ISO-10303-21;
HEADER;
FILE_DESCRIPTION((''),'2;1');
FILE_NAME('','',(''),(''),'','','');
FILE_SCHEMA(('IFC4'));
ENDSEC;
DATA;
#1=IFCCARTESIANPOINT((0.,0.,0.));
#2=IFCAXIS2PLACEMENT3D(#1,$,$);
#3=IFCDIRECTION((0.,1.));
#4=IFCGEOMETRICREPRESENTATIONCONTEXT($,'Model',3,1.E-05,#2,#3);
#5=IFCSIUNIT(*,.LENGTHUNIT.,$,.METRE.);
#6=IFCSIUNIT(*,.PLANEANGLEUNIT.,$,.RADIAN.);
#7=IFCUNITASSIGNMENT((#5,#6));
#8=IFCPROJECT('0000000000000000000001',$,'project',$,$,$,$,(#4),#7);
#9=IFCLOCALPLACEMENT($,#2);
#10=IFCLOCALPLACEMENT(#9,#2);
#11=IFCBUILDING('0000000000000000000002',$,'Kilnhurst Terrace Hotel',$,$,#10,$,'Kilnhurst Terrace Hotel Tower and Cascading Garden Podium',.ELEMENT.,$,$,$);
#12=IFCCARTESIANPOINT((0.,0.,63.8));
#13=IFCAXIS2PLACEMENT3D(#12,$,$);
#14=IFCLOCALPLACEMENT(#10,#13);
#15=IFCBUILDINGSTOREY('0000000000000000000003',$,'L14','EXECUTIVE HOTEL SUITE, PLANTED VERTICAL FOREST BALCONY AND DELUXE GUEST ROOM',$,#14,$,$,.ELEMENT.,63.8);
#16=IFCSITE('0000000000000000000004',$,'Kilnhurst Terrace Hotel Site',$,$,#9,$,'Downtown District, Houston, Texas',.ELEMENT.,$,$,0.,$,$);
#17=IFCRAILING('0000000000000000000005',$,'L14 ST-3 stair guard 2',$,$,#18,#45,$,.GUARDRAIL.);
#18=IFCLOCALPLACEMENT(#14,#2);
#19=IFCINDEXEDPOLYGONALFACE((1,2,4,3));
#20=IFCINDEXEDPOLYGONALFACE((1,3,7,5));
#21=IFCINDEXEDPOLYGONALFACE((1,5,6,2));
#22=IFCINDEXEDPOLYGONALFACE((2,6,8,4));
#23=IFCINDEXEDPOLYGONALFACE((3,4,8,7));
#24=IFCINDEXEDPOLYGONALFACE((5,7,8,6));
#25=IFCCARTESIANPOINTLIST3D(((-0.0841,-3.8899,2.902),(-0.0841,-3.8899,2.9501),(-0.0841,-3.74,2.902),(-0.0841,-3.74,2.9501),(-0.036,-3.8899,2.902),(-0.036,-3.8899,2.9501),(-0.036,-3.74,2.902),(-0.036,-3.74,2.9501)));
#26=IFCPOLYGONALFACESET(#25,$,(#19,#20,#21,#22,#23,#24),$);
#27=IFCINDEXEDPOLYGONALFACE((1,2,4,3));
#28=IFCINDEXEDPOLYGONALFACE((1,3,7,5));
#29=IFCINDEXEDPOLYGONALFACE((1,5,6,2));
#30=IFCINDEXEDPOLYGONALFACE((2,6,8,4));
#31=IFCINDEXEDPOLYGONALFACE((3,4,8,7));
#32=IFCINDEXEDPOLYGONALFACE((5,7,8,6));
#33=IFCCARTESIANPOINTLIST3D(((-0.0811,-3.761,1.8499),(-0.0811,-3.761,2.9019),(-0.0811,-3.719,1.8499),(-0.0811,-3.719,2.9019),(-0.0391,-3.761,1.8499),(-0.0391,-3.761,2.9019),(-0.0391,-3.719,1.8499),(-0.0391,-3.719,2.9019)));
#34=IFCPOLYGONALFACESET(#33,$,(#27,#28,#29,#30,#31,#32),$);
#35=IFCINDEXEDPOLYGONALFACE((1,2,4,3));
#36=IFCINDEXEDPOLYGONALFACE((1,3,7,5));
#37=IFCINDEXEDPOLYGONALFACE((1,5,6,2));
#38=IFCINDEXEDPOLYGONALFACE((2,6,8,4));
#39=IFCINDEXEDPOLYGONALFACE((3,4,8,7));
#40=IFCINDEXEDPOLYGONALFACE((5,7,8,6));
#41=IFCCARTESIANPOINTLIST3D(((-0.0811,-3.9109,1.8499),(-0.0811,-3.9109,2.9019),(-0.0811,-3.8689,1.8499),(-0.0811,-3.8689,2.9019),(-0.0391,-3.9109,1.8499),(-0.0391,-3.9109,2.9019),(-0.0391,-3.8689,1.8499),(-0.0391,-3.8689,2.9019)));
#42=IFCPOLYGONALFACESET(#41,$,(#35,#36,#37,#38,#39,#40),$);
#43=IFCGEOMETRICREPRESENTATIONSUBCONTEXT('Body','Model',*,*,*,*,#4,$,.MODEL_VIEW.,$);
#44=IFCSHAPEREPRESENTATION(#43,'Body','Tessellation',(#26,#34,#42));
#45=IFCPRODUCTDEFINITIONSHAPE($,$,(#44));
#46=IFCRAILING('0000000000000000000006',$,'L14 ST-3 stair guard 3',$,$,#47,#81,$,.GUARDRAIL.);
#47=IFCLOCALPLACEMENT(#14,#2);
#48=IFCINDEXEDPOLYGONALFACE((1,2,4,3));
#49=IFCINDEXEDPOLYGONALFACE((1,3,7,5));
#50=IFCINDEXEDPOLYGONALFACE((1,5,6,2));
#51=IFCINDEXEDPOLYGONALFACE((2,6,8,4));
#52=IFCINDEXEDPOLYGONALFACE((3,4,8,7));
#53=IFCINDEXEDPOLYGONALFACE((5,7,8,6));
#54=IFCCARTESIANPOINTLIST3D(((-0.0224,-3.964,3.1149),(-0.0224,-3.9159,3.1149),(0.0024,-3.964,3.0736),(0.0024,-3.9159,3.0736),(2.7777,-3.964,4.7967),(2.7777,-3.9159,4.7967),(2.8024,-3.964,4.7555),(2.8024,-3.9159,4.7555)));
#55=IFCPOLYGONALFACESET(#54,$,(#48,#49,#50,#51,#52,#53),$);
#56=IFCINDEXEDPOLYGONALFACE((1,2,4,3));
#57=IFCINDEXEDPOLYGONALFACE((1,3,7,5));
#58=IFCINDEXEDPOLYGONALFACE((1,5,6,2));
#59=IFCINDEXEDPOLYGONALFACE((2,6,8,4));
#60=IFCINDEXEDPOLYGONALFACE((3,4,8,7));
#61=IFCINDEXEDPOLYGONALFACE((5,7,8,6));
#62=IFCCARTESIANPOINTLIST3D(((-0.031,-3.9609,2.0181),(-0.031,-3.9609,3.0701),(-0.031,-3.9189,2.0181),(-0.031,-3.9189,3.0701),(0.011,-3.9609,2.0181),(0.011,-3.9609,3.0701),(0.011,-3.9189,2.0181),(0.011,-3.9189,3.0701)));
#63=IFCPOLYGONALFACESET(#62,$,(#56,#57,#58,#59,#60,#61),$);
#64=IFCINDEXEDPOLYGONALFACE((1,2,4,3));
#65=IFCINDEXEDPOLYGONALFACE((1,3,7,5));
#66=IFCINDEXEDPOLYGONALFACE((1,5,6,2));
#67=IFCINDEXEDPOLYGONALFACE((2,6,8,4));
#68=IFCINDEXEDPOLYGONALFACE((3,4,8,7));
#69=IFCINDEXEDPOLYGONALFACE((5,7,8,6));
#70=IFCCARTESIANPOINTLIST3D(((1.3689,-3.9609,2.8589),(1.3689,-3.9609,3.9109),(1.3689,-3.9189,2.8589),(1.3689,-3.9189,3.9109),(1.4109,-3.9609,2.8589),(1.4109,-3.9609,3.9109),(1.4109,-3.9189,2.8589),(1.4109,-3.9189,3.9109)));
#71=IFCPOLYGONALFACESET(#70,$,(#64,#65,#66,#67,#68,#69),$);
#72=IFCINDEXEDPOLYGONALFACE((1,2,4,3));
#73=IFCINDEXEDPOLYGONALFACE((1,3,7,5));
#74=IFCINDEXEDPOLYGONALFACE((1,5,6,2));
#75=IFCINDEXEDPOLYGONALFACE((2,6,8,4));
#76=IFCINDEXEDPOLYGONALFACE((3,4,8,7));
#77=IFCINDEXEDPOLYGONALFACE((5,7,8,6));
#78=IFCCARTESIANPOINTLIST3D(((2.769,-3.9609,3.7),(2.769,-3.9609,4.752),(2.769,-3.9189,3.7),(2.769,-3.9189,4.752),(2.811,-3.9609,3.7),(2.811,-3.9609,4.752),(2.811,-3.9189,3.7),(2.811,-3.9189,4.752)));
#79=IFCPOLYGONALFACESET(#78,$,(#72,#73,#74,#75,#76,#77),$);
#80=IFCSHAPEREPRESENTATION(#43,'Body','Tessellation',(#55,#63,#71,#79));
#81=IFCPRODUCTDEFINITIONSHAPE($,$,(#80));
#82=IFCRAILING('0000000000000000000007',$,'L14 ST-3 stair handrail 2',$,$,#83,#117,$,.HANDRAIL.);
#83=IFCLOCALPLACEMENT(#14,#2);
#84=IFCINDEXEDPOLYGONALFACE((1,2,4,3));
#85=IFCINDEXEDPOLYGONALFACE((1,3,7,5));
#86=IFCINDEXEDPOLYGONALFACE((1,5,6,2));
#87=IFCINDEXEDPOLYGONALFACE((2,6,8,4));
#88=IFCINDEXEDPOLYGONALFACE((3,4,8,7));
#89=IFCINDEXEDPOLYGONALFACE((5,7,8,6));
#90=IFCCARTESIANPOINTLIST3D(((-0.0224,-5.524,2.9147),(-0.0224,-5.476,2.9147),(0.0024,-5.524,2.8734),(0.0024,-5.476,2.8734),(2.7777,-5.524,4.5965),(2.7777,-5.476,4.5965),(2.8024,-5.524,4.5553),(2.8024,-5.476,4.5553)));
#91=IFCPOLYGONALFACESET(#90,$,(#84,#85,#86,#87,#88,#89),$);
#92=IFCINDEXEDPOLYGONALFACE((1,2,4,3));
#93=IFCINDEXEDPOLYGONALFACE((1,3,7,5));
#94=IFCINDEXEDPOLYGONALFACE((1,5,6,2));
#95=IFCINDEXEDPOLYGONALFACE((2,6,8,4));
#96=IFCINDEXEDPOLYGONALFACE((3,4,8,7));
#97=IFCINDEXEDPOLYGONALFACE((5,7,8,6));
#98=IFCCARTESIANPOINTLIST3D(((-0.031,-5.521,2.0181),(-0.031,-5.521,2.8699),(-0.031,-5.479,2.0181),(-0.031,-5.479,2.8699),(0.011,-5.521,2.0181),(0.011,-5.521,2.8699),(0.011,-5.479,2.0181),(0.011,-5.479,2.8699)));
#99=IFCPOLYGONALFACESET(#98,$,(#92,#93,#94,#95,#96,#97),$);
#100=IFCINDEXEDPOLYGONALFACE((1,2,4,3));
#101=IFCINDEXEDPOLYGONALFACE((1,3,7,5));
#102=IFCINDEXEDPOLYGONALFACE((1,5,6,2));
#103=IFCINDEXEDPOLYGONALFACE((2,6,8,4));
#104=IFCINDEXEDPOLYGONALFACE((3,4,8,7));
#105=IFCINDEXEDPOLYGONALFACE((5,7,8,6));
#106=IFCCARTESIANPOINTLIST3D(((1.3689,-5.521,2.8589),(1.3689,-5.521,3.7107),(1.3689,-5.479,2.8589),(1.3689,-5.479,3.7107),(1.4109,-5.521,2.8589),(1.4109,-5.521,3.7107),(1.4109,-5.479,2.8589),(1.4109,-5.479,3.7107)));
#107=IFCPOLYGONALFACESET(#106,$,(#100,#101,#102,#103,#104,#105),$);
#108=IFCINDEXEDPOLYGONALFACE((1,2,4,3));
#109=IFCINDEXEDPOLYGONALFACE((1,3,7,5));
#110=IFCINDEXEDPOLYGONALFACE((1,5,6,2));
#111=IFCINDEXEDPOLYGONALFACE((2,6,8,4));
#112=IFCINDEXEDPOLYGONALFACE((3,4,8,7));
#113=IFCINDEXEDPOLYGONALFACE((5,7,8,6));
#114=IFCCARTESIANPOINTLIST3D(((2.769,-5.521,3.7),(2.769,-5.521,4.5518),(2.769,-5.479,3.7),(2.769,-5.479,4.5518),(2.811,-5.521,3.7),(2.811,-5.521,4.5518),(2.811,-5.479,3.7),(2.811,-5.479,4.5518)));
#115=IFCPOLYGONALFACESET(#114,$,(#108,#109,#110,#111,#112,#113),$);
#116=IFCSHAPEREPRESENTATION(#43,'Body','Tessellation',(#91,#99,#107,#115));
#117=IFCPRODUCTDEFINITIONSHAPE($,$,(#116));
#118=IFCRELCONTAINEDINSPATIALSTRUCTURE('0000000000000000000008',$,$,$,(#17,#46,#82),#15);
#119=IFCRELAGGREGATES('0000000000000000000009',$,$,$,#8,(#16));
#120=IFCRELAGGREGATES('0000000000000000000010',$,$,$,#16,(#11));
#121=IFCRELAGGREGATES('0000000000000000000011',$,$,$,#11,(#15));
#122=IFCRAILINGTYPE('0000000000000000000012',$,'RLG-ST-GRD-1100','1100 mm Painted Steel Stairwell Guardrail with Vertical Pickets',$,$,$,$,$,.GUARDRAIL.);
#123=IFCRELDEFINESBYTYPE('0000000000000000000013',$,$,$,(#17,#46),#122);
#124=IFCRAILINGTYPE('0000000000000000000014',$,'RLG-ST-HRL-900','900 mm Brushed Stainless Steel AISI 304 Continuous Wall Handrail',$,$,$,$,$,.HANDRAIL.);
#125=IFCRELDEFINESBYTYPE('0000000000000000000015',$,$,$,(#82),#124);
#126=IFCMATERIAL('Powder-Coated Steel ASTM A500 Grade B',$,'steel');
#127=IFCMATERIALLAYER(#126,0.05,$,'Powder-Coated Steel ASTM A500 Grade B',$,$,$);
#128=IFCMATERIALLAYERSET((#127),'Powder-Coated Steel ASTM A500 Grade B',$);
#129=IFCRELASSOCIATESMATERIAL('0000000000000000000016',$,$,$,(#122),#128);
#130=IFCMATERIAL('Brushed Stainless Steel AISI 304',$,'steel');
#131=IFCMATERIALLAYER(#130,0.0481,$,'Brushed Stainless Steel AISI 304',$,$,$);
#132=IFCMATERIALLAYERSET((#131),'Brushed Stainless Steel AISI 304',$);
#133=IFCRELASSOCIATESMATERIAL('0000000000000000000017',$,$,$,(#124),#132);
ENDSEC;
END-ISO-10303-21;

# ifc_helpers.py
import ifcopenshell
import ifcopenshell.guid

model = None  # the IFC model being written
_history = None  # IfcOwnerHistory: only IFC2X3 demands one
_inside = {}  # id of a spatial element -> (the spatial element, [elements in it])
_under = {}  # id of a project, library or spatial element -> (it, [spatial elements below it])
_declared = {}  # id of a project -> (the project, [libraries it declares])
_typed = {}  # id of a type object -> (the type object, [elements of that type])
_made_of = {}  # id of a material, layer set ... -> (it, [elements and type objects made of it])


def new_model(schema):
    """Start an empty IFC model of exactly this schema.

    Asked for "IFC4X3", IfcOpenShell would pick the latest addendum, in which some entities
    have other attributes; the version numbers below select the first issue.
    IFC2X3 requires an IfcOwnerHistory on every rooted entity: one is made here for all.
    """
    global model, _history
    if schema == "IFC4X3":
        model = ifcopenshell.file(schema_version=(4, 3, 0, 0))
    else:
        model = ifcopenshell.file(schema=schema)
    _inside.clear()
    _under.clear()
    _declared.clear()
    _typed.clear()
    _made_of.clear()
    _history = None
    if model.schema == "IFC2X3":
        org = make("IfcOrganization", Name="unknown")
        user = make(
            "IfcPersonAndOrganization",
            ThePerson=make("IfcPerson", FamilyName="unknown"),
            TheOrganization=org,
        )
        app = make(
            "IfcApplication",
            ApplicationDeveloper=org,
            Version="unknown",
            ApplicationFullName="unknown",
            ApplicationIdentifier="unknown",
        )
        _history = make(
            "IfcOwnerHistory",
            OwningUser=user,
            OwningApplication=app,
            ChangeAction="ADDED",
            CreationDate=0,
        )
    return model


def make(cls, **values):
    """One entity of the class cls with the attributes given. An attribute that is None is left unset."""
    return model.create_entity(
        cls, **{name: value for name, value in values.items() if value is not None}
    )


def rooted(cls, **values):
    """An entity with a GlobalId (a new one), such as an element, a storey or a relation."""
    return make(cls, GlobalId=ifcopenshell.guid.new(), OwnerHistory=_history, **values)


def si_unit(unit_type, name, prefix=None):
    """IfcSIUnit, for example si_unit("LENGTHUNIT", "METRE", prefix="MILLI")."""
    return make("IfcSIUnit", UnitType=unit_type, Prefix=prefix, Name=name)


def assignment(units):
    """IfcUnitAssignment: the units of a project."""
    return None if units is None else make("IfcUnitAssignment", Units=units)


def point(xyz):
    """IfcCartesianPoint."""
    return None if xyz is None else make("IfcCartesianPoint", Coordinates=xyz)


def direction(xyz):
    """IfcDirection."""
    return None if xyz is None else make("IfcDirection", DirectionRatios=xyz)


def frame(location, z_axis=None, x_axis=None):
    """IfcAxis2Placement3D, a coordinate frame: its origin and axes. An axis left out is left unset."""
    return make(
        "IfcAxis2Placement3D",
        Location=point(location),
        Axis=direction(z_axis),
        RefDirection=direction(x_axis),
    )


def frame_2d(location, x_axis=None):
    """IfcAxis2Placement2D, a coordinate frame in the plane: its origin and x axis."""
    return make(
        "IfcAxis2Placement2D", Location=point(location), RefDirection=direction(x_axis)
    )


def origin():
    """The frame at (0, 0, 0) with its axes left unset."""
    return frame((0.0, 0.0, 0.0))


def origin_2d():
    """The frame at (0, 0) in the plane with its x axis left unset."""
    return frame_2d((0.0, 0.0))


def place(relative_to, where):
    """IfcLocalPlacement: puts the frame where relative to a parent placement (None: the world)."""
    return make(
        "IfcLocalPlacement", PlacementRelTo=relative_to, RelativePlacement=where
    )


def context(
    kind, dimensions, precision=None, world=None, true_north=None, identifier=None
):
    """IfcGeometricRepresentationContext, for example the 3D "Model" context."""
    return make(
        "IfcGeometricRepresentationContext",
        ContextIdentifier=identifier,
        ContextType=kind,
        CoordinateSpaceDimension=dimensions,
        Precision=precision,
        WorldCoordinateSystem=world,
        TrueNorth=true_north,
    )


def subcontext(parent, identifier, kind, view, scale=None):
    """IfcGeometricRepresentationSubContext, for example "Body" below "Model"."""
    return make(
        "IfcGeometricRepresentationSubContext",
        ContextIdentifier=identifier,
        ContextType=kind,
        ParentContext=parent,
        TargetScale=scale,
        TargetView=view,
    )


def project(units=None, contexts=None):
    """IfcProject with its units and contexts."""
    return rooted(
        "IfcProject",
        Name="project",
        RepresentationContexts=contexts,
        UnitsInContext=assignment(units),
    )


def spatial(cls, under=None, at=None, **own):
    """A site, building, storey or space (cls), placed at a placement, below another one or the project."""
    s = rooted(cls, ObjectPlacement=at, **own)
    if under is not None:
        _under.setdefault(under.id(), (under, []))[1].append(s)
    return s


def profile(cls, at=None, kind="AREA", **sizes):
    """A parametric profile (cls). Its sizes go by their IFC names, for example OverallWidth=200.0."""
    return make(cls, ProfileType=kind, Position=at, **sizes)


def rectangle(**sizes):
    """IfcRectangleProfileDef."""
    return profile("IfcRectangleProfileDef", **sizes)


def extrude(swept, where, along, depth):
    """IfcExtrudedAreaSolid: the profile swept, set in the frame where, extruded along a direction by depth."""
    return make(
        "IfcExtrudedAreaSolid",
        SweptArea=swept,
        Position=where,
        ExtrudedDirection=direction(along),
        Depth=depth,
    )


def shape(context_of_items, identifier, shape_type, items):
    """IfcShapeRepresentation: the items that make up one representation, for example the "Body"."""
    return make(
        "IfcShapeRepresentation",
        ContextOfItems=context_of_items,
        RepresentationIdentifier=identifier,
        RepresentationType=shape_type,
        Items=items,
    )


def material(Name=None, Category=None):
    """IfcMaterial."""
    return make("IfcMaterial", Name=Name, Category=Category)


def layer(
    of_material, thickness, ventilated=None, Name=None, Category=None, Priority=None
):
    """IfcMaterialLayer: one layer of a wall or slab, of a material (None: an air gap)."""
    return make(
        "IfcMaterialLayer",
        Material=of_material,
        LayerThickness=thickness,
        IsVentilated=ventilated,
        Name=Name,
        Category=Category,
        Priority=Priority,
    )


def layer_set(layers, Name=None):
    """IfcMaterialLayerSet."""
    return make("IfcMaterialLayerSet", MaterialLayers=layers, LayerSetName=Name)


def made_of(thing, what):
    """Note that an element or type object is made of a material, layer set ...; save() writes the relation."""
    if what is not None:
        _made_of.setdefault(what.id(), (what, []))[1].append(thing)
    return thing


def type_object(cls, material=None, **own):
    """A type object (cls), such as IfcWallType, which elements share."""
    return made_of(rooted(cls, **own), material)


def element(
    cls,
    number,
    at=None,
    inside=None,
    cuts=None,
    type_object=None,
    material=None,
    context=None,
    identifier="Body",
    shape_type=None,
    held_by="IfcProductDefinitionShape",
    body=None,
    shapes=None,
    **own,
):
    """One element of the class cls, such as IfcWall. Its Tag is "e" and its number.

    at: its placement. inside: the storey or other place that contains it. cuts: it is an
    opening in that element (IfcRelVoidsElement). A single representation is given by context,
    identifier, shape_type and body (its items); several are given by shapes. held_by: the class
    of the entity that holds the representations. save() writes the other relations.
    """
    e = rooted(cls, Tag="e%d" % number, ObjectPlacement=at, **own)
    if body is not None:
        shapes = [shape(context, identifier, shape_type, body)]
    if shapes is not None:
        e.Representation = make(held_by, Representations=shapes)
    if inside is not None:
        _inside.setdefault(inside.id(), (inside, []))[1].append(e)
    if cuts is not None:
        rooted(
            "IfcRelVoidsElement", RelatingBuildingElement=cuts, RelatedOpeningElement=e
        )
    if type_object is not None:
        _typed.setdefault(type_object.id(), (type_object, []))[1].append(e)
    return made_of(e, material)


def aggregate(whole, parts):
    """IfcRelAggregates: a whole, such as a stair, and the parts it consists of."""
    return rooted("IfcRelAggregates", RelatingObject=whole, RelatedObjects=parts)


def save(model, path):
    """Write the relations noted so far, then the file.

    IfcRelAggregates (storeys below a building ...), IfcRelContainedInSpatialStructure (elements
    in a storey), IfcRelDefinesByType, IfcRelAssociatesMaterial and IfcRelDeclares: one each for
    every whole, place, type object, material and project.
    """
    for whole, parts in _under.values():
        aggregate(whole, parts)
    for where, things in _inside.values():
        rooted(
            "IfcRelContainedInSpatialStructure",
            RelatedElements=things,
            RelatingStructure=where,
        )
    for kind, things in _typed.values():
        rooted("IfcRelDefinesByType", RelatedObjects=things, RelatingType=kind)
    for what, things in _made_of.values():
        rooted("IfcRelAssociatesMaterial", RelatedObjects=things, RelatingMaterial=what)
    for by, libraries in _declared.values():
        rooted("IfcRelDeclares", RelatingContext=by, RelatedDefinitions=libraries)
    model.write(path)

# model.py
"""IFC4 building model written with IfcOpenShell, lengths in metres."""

from ifc_helpers import new_model, si_unit, direction, frame, origin, origin_2d, place, context, subcontext, project, spatial, rectangle, extrude, material, layer, layer_set, type_object, element, save


model = new_model("IFC4")

# Units and contexts
model_context = context("Model", 3, precision=1e-05, world=origin(), true_north=direction((0.0, 1.0)))
body_context = subcontext(model_context, "Body", "Model", "MODEL_VIEW")
ifc_project = project(units=[si_unit("LENGTHUNIT", "METRE"), si_unit("PLANEANGLEUNIT", "RADIAN")], contexts=[model_context])

# Site, building, storey
site_placement = place(None, origin())
site = spatial("IfcSite", under=ifc_project, at=site_placement, Name="Kilnhurst Terrace Hotel Site", LongName="Downtown District, Houston, Texas", CompositionType="ELEMENT", RefElevation=0.0)
building_placement = place(site_placement, origin())
building = spatial("IfcBuilding", under=site, at=building_placement, Name="Kilnhurst Terrace Hotel", LongName="Kilnhurst Terrace Hotel Tower and Cascading Garden Podium", CompositionType="ELEMENT")
storey_placement = place(building_placement, frame((0.0, 0.0, 63.8)))
storey = spatial("IfcBuildingStorey", under=building, at=storey_placement, Name="L14", Description="EXECUTIVE HOTEL SUITE, PLANTED VERTICAL FOREST BALCONY AND DELUXE GUEST ROOM", CompositionType="ELEMENT", Elevation=63.8)

# Railings
ifc_material_1 = material(Name="Powder-Coated Steel ASTM A500 Grade B", Category="steel")
ifc_layer_1 = layer(ifc_material_1, 0.05, Name="Powder-Coated Steel ASTM A500 Grade B")
ifc_layer_set_1 = layer_set([ifc_layer_1], Name="Powder-Coated Steel ASTM A500 Grade B")
railing_type_1 = type_object("IfcRailingType", Name="RLG-ST-GRD-1100", Description="1100 mm Painted Steel Stairwell Guardrail with Vertical Pickets", PredefinedType="GUARDRAIL", material=ifc_layer_set_1)
railing_1_placement = place(storey_placement, frame((-0.0601, -3.74, 1.8499)))
element("IfcRailing", 1, at=railing_1_placement, inside=storey, type_object=railing_type_1, Name="L14 ST-3 stair guard 2", PredefinedType="GUARDRAIL", context=body_context, shape_type="SweptSolid", body=[
    extrude(rectangle(XDim=0.0481, YDim=0.0481, at=origin_2d()), frame((0.0, 0.0, 1.0762), z_axis=(0.0, -1.0, 0.0), x_axis=(1.0, 0.0, 0.0)), (0.0, 0.0, 1.0), 0.1499),
    extrude(rectangle(XDim=0.042, YDim=0.042, at=origin_2d()), origin(), (0.0, 0.0, 1.0), 1.052),
    extrude(rectangle(XDim=0.042, YDim=0.042, at=origin_2d()), frame((0.0, -0.1499, 0.0)), (0.0, 0.0, 1.0), 1.052),
])
railing_2_placement = place(storey_placement, frame((-0.01, -3.9399, 2.0181)))
element("IfcRailing", 2, at=railing_2_placement, inside=storey, type_object=railing_type_1, Name="L14 ST-3 stair guard 3", PredefinedType="GUARDRAIL", context=body_context, shape_type="SweptSolid", body=[
    extrude(rectangle(XDim=0.0481, YDim=0.0481, at=origin_2d()), frame((0.0, 0.0, 1.0762), z_axis=(0.857242, 0.0, 0.514913), x_axis=(0.0, 1.0, 0.0)), (0.0, 0.0, 1.0), 3.2664),
    extrude(rectangle(XDim=0.042, YDim=0.042, at=origin_2d()), origin(), (0.0, 0.0, 1.0), 1.052),
    extrude(rectangle(XDim=0.042, YDim=0.042, at=origin_2d()), frame((1.3999, 0.0, 0.8408)), (0.0, 0.0, 1.0), 1.052),
    extrude(rectangle(XDim=0.042, YDim=0.042, at=origin_2d()), frame((2.8, 0.0, 1.6819)), (0.0, 0.0, 1.0), 1.052),
])
ifc_material_2 = material(Name="Brushed Stainless Steel AISI 304", Category="steel")
ifc_layer_2 = layer(ifc_material_2, 0.0481, Name="Brushed Stainless Steel AISI 304")
ifc_layer_set_2 = layer_set([ifc_layer_2], Name="Brushed Stainless Steel AISI 304")
railing_type_2 = type_object("IfcRailingType", Name="RLG-ST-HRL-900", Description="900 mm Brushed Stainless Steel AISI 304 Continuous Wall Handrail", PredefinedType="HANDRAIL", material=ifc_layer_set_2)
railing_3_placement = place(storey_placement, frame((-0.01, -5.5, 2.0181)))
element("IfcRailing", 3, at=railing_3_placement, inside=storey, type_object=railing_type_2, Name="L14 ST-3 stair handrail 2", PredefinedType="HANDRAIL", context=body_context, shape_type="SweptSolid", body=[
    extrude(rectangle(XDim=0.0481, YDim=0.0481, at=origin_2d()), frame((0.0, 0.0, 0.876), z_axis=(0.857242, 0.0, 0.514913), x_axis=(0.0, 1.0, 0.0)), (0.0, 0.0, 1.0), 3.2664),
    extrude(rectangle(XDim=0.042, YDim=0.042, at=origin_2d()), origin(), (0.0, 0.0, 1.0), 0.8518),
    extrude(rectangle(XDim=0.042, YDim=0.042, at=origin_2d()), frame((1.3999, 0.0, 0.8408)), (0.0, 0.0, 1.0), 0.8518),
    extrude(rectangle(XDim=0.042, YDim=0.042, at=origin_2d()), frame((2.8, 0.0, 1.6819)), (0.0, 0.0, 1.0), 0.8518),
])

save(model, "model.ifc")
